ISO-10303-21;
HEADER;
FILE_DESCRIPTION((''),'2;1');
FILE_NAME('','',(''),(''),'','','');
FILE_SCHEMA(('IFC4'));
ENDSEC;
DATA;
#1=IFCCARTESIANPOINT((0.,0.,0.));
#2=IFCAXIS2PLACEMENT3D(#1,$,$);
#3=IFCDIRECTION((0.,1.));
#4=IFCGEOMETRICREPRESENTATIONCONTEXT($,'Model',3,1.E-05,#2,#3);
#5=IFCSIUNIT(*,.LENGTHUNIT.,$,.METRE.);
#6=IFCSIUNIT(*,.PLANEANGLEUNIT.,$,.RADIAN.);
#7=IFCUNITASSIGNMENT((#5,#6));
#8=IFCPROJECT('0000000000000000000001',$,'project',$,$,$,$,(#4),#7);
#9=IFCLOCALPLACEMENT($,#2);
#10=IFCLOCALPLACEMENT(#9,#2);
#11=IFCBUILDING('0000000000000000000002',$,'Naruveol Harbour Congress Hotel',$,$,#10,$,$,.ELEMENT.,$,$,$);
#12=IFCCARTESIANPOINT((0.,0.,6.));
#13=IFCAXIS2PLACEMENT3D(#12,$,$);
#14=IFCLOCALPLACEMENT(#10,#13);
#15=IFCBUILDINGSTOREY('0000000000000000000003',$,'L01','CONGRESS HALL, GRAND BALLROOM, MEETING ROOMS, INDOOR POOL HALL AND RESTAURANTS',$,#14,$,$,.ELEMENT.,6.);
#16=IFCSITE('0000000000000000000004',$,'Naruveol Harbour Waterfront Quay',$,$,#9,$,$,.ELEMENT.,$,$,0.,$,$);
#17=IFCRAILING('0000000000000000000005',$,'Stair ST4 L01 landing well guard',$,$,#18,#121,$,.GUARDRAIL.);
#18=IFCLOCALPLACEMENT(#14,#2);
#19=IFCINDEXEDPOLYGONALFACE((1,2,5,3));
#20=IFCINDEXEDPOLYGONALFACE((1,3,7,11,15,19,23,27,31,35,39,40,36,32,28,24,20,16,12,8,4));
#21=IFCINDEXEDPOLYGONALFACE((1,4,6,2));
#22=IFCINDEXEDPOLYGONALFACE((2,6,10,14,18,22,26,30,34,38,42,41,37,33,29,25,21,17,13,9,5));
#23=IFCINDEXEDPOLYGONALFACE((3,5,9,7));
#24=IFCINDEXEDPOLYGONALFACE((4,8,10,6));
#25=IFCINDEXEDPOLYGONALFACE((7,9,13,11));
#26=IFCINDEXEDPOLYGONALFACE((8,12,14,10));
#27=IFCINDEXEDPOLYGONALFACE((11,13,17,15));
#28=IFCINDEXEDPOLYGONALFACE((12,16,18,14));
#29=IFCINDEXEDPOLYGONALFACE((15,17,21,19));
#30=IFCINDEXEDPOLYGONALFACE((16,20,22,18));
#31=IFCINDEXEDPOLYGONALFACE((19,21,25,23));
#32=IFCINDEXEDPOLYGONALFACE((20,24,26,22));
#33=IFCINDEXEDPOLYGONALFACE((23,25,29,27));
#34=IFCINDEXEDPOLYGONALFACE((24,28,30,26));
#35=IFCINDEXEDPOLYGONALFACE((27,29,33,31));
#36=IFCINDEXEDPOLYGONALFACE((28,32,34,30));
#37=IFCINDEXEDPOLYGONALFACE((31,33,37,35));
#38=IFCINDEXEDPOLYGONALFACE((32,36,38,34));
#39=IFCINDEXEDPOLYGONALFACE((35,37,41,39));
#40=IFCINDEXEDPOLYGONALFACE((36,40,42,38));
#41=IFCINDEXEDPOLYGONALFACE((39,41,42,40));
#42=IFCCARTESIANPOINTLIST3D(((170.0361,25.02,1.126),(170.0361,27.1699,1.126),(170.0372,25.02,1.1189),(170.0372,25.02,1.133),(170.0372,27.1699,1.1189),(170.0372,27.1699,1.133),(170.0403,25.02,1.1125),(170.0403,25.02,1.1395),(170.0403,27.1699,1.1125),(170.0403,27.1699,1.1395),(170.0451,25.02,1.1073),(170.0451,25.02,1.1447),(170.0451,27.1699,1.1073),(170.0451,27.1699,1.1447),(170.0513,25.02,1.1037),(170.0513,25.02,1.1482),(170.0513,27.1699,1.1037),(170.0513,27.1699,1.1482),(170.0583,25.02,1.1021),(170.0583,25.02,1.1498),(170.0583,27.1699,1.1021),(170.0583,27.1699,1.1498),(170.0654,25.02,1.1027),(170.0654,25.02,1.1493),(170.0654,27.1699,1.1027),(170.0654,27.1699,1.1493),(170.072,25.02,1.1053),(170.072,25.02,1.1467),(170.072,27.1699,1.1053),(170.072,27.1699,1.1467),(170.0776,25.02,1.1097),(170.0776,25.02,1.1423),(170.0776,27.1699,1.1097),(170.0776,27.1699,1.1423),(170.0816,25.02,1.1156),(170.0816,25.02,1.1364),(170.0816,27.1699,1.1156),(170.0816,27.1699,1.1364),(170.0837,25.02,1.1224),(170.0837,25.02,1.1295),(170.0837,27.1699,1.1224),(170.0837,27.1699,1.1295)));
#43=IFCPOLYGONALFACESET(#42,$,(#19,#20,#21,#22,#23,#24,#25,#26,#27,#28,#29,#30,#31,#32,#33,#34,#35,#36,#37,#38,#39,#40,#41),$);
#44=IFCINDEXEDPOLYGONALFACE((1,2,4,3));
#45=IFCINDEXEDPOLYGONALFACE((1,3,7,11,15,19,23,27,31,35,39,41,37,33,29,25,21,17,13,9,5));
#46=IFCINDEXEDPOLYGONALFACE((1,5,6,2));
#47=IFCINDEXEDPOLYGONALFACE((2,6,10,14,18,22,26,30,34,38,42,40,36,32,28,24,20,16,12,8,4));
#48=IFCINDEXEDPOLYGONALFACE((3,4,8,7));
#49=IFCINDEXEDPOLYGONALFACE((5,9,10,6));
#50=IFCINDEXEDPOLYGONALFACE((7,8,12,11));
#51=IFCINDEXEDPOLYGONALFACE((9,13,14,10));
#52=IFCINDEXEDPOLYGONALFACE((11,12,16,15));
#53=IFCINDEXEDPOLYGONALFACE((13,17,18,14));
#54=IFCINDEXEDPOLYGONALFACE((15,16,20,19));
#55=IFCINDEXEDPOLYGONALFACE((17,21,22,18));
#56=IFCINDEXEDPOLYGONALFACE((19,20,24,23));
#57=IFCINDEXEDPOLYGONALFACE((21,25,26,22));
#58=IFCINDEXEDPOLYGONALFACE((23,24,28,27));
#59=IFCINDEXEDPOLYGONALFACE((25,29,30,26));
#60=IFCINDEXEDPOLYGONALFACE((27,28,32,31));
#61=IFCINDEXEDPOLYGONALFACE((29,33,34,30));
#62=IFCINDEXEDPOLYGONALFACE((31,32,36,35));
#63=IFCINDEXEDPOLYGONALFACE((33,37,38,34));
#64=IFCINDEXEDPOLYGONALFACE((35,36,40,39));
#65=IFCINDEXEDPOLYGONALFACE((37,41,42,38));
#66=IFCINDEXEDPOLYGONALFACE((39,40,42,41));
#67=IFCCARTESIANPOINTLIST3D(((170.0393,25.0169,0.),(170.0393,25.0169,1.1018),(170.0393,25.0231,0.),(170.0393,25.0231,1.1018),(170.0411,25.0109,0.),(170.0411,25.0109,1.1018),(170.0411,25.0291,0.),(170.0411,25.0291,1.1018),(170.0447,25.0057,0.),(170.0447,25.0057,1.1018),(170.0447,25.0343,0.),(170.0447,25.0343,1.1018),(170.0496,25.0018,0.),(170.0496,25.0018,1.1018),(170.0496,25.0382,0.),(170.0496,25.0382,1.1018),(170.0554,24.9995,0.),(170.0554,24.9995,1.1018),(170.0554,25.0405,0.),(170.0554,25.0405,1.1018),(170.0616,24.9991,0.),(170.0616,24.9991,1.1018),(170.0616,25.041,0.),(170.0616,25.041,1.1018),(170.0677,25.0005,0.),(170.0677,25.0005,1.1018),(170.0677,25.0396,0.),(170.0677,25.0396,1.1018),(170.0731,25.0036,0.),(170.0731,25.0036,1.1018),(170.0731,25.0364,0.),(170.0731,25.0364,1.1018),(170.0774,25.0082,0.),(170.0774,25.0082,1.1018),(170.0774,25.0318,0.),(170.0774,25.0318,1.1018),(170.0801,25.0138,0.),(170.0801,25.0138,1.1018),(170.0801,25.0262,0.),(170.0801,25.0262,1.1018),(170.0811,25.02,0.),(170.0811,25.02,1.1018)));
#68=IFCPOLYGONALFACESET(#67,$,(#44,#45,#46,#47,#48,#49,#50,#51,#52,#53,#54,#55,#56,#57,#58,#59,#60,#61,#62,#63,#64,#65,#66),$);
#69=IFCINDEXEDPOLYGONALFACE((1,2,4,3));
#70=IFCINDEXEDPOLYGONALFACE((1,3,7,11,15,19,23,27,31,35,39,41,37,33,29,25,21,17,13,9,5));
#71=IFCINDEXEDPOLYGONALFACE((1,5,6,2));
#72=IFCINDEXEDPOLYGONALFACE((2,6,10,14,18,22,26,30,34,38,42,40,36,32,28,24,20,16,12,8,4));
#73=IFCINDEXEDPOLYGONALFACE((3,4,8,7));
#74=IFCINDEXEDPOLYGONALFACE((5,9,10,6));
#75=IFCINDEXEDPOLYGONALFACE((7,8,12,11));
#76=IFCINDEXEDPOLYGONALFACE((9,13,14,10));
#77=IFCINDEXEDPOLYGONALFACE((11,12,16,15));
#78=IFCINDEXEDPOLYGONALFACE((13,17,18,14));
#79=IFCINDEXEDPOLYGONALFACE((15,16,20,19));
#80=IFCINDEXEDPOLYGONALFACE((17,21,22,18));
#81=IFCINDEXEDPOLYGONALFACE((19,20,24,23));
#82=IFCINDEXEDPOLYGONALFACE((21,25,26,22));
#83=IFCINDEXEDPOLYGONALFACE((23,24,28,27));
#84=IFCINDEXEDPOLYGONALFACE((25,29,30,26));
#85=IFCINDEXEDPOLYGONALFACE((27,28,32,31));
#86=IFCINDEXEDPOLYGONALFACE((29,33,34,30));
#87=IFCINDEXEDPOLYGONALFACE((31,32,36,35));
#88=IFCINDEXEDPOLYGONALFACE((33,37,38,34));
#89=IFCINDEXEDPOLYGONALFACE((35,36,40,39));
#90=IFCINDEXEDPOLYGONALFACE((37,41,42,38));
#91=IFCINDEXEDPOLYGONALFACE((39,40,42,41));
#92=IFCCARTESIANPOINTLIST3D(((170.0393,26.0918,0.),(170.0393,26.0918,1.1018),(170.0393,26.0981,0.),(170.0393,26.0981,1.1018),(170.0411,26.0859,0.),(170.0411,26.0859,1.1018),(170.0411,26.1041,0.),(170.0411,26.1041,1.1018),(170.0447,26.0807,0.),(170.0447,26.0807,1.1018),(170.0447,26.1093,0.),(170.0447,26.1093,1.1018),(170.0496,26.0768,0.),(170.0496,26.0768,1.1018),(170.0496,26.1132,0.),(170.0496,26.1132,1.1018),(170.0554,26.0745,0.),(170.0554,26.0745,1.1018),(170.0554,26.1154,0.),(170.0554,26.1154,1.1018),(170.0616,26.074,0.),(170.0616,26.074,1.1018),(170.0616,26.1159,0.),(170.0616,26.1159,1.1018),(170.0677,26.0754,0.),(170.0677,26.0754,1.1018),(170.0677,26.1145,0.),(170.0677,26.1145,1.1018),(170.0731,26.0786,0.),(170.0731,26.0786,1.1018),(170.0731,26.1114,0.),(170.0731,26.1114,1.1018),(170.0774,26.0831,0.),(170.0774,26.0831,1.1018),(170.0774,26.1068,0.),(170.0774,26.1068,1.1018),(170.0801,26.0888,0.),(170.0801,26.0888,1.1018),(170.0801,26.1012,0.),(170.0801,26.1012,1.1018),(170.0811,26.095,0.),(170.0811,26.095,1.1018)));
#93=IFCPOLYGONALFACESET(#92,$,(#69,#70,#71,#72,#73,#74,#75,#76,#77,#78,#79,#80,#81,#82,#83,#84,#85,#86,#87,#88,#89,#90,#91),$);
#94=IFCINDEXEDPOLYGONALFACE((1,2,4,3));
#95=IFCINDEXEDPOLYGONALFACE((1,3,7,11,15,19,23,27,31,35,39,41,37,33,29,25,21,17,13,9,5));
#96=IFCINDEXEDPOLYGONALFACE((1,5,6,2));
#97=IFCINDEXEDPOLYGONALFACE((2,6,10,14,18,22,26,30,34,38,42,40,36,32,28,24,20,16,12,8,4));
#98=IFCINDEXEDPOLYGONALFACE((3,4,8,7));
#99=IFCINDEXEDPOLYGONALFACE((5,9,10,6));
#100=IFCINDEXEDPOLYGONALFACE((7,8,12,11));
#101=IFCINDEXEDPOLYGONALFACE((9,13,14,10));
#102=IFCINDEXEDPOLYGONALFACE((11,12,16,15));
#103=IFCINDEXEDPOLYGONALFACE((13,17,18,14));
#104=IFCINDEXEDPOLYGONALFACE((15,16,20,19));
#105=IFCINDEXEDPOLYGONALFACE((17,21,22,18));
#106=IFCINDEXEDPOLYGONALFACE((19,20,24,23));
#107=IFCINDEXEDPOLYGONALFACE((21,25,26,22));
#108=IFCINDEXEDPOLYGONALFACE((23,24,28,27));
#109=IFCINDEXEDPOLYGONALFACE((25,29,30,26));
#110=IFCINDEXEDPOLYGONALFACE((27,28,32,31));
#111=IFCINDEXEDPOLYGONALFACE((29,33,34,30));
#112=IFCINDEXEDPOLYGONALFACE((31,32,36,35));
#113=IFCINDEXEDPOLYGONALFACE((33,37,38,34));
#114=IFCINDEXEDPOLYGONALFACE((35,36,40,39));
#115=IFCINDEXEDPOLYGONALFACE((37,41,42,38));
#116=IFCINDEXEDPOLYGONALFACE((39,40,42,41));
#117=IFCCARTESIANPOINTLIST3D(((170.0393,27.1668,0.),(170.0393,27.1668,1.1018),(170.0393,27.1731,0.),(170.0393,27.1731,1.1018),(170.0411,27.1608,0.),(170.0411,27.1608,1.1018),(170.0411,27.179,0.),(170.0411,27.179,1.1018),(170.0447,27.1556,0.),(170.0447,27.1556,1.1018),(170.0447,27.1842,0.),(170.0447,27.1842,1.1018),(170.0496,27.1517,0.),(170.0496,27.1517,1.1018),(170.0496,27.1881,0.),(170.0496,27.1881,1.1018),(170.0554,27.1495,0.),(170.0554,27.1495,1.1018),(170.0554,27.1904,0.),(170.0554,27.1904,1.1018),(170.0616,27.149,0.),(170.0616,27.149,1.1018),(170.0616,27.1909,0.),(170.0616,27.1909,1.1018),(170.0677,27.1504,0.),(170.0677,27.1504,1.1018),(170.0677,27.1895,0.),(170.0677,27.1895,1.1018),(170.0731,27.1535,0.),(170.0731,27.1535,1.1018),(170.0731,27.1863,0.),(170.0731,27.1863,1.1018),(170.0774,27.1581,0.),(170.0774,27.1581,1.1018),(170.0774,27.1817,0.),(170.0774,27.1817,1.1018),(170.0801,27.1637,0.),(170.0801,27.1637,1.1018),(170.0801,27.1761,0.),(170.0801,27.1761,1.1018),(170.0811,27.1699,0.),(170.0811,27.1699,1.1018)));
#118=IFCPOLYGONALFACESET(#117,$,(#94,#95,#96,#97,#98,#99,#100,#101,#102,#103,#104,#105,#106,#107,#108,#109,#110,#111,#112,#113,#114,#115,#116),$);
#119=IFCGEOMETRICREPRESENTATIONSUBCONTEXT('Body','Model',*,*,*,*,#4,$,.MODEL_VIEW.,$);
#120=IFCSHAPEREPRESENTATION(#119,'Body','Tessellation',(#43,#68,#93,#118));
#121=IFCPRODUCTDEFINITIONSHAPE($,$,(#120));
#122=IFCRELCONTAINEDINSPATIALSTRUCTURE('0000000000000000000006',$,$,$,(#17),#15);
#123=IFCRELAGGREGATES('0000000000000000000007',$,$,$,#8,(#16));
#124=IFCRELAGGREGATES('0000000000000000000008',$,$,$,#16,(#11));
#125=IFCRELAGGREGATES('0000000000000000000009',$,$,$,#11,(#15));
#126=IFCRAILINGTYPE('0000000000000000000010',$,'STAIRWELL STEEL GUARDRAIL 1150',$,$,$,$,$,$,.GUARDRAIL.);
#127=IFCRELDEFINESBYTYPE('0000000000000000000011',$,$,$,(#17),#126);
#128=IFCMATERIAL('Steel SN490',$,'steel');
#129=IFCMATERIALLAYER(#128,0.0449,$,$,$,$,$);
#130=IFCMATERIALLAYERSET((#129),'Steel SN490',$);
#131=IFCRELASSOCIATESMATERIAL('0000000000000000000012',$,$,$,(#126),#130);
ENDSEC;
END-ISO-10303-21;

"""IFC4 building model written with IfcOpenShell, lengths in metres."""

from ifc_helpers import new_model, si_unit, direction, frame, origin, origin_2d, place, context, subcontext, project, spatial, circle, extrude, material, layer, layer_set, type_object, element, save


model = new_model("IFC4")

# Units and contexts
model_context = context("Model", 3, precision=1e-05, world=origin(), true_north=direction((0.0, 1.0)))
body_context = subcontext(model_context, "Body", "Model", "MODEL_VIEW")
ifc_project = project(units=[si_unit("LENGTHUNIT", "METRE"), si_unit("PLANEANGLEUNIT", "RADIAN")], contexts=[model_context])

# Site, building, storey
site_placement = place(None, origin())
site = spatial("IfcSite", under=ifc_project, at=site_placement, Name="Naruveol Harbour Waterfront Quay", CompositionType="ELEMENT", RefElevation=0.0)
building_placement = place(site_placement, origin())
building = spatial("IfcBuilding", under=site, at=building_placement, Name="Naruveol Harbour Congress Hotel", CompositionType="ELEMENT")
storey_placement = place(building_placement, frame((0.0, 0.0, 6.0)))
storey = spatial("IfcBuildingStorey", under=building, at=storey_placement, Name="L01", Description="CONGRESS HALL, GRAND BALLROOM, MEETING ROOMS, INDOOR POOL HALL AND RESTAURANTS", CompositionType="ELEMENT", Elevation=6.0)

# Railing
ifc_material_1 = material(Name="Steel SN490", Category="steel")
ifc_layer_1 = layer(ifc_material_1, 0.0449)
ifc_layer_set_1 = layer_set([ifc_layer_1], Name="Steel SN490")
railing_type_1 = type_object("IfcRailingType", Name="STAIRWELL STEEL GUARDRAIL 1150", PredefinedType="GUARDRAIL", material=ifc_layer_set_1)
railing_1_placement = place(storey_placement, frame((170.0601, 25.02, 0.0)))
element("IfcRailing", 1, at=railing_1_placement, inside=storey, type_object=railing_type_1, Name="Stair ST4 L01 landing well guard", PredefinedType="GUARDRAIL", context=body_context, shape_type="SweptSolid", body=[
    extrude(circle(Radius=0.0239, at=origin_2d()), frame((0.0, 0.0, 1.126), z_axis=(0.0, 1.0, 0.0), x_axis=(-1.0, 0.0, 0.0)), (0.0, 0.0, 1.0), 2.1499),
    extrude(circle(Radius=0.021, at=origin_2d()), origin(), (0.0, 0.0, 1.0), 1.1018),
    extrude(circle(Radius=0.021, at=origin_2d()), frame((0.0, 1.075, 0.0)), (0.0, 0.0, 1.0), 1.1018),
    extrude(circle(Radius=0.021, at=origin_2d()), frame((0.0, 2.1499, 0.0)), (0.0, 0.0, 1.0), 1.1018),
])

save(model, "model.ifc")
